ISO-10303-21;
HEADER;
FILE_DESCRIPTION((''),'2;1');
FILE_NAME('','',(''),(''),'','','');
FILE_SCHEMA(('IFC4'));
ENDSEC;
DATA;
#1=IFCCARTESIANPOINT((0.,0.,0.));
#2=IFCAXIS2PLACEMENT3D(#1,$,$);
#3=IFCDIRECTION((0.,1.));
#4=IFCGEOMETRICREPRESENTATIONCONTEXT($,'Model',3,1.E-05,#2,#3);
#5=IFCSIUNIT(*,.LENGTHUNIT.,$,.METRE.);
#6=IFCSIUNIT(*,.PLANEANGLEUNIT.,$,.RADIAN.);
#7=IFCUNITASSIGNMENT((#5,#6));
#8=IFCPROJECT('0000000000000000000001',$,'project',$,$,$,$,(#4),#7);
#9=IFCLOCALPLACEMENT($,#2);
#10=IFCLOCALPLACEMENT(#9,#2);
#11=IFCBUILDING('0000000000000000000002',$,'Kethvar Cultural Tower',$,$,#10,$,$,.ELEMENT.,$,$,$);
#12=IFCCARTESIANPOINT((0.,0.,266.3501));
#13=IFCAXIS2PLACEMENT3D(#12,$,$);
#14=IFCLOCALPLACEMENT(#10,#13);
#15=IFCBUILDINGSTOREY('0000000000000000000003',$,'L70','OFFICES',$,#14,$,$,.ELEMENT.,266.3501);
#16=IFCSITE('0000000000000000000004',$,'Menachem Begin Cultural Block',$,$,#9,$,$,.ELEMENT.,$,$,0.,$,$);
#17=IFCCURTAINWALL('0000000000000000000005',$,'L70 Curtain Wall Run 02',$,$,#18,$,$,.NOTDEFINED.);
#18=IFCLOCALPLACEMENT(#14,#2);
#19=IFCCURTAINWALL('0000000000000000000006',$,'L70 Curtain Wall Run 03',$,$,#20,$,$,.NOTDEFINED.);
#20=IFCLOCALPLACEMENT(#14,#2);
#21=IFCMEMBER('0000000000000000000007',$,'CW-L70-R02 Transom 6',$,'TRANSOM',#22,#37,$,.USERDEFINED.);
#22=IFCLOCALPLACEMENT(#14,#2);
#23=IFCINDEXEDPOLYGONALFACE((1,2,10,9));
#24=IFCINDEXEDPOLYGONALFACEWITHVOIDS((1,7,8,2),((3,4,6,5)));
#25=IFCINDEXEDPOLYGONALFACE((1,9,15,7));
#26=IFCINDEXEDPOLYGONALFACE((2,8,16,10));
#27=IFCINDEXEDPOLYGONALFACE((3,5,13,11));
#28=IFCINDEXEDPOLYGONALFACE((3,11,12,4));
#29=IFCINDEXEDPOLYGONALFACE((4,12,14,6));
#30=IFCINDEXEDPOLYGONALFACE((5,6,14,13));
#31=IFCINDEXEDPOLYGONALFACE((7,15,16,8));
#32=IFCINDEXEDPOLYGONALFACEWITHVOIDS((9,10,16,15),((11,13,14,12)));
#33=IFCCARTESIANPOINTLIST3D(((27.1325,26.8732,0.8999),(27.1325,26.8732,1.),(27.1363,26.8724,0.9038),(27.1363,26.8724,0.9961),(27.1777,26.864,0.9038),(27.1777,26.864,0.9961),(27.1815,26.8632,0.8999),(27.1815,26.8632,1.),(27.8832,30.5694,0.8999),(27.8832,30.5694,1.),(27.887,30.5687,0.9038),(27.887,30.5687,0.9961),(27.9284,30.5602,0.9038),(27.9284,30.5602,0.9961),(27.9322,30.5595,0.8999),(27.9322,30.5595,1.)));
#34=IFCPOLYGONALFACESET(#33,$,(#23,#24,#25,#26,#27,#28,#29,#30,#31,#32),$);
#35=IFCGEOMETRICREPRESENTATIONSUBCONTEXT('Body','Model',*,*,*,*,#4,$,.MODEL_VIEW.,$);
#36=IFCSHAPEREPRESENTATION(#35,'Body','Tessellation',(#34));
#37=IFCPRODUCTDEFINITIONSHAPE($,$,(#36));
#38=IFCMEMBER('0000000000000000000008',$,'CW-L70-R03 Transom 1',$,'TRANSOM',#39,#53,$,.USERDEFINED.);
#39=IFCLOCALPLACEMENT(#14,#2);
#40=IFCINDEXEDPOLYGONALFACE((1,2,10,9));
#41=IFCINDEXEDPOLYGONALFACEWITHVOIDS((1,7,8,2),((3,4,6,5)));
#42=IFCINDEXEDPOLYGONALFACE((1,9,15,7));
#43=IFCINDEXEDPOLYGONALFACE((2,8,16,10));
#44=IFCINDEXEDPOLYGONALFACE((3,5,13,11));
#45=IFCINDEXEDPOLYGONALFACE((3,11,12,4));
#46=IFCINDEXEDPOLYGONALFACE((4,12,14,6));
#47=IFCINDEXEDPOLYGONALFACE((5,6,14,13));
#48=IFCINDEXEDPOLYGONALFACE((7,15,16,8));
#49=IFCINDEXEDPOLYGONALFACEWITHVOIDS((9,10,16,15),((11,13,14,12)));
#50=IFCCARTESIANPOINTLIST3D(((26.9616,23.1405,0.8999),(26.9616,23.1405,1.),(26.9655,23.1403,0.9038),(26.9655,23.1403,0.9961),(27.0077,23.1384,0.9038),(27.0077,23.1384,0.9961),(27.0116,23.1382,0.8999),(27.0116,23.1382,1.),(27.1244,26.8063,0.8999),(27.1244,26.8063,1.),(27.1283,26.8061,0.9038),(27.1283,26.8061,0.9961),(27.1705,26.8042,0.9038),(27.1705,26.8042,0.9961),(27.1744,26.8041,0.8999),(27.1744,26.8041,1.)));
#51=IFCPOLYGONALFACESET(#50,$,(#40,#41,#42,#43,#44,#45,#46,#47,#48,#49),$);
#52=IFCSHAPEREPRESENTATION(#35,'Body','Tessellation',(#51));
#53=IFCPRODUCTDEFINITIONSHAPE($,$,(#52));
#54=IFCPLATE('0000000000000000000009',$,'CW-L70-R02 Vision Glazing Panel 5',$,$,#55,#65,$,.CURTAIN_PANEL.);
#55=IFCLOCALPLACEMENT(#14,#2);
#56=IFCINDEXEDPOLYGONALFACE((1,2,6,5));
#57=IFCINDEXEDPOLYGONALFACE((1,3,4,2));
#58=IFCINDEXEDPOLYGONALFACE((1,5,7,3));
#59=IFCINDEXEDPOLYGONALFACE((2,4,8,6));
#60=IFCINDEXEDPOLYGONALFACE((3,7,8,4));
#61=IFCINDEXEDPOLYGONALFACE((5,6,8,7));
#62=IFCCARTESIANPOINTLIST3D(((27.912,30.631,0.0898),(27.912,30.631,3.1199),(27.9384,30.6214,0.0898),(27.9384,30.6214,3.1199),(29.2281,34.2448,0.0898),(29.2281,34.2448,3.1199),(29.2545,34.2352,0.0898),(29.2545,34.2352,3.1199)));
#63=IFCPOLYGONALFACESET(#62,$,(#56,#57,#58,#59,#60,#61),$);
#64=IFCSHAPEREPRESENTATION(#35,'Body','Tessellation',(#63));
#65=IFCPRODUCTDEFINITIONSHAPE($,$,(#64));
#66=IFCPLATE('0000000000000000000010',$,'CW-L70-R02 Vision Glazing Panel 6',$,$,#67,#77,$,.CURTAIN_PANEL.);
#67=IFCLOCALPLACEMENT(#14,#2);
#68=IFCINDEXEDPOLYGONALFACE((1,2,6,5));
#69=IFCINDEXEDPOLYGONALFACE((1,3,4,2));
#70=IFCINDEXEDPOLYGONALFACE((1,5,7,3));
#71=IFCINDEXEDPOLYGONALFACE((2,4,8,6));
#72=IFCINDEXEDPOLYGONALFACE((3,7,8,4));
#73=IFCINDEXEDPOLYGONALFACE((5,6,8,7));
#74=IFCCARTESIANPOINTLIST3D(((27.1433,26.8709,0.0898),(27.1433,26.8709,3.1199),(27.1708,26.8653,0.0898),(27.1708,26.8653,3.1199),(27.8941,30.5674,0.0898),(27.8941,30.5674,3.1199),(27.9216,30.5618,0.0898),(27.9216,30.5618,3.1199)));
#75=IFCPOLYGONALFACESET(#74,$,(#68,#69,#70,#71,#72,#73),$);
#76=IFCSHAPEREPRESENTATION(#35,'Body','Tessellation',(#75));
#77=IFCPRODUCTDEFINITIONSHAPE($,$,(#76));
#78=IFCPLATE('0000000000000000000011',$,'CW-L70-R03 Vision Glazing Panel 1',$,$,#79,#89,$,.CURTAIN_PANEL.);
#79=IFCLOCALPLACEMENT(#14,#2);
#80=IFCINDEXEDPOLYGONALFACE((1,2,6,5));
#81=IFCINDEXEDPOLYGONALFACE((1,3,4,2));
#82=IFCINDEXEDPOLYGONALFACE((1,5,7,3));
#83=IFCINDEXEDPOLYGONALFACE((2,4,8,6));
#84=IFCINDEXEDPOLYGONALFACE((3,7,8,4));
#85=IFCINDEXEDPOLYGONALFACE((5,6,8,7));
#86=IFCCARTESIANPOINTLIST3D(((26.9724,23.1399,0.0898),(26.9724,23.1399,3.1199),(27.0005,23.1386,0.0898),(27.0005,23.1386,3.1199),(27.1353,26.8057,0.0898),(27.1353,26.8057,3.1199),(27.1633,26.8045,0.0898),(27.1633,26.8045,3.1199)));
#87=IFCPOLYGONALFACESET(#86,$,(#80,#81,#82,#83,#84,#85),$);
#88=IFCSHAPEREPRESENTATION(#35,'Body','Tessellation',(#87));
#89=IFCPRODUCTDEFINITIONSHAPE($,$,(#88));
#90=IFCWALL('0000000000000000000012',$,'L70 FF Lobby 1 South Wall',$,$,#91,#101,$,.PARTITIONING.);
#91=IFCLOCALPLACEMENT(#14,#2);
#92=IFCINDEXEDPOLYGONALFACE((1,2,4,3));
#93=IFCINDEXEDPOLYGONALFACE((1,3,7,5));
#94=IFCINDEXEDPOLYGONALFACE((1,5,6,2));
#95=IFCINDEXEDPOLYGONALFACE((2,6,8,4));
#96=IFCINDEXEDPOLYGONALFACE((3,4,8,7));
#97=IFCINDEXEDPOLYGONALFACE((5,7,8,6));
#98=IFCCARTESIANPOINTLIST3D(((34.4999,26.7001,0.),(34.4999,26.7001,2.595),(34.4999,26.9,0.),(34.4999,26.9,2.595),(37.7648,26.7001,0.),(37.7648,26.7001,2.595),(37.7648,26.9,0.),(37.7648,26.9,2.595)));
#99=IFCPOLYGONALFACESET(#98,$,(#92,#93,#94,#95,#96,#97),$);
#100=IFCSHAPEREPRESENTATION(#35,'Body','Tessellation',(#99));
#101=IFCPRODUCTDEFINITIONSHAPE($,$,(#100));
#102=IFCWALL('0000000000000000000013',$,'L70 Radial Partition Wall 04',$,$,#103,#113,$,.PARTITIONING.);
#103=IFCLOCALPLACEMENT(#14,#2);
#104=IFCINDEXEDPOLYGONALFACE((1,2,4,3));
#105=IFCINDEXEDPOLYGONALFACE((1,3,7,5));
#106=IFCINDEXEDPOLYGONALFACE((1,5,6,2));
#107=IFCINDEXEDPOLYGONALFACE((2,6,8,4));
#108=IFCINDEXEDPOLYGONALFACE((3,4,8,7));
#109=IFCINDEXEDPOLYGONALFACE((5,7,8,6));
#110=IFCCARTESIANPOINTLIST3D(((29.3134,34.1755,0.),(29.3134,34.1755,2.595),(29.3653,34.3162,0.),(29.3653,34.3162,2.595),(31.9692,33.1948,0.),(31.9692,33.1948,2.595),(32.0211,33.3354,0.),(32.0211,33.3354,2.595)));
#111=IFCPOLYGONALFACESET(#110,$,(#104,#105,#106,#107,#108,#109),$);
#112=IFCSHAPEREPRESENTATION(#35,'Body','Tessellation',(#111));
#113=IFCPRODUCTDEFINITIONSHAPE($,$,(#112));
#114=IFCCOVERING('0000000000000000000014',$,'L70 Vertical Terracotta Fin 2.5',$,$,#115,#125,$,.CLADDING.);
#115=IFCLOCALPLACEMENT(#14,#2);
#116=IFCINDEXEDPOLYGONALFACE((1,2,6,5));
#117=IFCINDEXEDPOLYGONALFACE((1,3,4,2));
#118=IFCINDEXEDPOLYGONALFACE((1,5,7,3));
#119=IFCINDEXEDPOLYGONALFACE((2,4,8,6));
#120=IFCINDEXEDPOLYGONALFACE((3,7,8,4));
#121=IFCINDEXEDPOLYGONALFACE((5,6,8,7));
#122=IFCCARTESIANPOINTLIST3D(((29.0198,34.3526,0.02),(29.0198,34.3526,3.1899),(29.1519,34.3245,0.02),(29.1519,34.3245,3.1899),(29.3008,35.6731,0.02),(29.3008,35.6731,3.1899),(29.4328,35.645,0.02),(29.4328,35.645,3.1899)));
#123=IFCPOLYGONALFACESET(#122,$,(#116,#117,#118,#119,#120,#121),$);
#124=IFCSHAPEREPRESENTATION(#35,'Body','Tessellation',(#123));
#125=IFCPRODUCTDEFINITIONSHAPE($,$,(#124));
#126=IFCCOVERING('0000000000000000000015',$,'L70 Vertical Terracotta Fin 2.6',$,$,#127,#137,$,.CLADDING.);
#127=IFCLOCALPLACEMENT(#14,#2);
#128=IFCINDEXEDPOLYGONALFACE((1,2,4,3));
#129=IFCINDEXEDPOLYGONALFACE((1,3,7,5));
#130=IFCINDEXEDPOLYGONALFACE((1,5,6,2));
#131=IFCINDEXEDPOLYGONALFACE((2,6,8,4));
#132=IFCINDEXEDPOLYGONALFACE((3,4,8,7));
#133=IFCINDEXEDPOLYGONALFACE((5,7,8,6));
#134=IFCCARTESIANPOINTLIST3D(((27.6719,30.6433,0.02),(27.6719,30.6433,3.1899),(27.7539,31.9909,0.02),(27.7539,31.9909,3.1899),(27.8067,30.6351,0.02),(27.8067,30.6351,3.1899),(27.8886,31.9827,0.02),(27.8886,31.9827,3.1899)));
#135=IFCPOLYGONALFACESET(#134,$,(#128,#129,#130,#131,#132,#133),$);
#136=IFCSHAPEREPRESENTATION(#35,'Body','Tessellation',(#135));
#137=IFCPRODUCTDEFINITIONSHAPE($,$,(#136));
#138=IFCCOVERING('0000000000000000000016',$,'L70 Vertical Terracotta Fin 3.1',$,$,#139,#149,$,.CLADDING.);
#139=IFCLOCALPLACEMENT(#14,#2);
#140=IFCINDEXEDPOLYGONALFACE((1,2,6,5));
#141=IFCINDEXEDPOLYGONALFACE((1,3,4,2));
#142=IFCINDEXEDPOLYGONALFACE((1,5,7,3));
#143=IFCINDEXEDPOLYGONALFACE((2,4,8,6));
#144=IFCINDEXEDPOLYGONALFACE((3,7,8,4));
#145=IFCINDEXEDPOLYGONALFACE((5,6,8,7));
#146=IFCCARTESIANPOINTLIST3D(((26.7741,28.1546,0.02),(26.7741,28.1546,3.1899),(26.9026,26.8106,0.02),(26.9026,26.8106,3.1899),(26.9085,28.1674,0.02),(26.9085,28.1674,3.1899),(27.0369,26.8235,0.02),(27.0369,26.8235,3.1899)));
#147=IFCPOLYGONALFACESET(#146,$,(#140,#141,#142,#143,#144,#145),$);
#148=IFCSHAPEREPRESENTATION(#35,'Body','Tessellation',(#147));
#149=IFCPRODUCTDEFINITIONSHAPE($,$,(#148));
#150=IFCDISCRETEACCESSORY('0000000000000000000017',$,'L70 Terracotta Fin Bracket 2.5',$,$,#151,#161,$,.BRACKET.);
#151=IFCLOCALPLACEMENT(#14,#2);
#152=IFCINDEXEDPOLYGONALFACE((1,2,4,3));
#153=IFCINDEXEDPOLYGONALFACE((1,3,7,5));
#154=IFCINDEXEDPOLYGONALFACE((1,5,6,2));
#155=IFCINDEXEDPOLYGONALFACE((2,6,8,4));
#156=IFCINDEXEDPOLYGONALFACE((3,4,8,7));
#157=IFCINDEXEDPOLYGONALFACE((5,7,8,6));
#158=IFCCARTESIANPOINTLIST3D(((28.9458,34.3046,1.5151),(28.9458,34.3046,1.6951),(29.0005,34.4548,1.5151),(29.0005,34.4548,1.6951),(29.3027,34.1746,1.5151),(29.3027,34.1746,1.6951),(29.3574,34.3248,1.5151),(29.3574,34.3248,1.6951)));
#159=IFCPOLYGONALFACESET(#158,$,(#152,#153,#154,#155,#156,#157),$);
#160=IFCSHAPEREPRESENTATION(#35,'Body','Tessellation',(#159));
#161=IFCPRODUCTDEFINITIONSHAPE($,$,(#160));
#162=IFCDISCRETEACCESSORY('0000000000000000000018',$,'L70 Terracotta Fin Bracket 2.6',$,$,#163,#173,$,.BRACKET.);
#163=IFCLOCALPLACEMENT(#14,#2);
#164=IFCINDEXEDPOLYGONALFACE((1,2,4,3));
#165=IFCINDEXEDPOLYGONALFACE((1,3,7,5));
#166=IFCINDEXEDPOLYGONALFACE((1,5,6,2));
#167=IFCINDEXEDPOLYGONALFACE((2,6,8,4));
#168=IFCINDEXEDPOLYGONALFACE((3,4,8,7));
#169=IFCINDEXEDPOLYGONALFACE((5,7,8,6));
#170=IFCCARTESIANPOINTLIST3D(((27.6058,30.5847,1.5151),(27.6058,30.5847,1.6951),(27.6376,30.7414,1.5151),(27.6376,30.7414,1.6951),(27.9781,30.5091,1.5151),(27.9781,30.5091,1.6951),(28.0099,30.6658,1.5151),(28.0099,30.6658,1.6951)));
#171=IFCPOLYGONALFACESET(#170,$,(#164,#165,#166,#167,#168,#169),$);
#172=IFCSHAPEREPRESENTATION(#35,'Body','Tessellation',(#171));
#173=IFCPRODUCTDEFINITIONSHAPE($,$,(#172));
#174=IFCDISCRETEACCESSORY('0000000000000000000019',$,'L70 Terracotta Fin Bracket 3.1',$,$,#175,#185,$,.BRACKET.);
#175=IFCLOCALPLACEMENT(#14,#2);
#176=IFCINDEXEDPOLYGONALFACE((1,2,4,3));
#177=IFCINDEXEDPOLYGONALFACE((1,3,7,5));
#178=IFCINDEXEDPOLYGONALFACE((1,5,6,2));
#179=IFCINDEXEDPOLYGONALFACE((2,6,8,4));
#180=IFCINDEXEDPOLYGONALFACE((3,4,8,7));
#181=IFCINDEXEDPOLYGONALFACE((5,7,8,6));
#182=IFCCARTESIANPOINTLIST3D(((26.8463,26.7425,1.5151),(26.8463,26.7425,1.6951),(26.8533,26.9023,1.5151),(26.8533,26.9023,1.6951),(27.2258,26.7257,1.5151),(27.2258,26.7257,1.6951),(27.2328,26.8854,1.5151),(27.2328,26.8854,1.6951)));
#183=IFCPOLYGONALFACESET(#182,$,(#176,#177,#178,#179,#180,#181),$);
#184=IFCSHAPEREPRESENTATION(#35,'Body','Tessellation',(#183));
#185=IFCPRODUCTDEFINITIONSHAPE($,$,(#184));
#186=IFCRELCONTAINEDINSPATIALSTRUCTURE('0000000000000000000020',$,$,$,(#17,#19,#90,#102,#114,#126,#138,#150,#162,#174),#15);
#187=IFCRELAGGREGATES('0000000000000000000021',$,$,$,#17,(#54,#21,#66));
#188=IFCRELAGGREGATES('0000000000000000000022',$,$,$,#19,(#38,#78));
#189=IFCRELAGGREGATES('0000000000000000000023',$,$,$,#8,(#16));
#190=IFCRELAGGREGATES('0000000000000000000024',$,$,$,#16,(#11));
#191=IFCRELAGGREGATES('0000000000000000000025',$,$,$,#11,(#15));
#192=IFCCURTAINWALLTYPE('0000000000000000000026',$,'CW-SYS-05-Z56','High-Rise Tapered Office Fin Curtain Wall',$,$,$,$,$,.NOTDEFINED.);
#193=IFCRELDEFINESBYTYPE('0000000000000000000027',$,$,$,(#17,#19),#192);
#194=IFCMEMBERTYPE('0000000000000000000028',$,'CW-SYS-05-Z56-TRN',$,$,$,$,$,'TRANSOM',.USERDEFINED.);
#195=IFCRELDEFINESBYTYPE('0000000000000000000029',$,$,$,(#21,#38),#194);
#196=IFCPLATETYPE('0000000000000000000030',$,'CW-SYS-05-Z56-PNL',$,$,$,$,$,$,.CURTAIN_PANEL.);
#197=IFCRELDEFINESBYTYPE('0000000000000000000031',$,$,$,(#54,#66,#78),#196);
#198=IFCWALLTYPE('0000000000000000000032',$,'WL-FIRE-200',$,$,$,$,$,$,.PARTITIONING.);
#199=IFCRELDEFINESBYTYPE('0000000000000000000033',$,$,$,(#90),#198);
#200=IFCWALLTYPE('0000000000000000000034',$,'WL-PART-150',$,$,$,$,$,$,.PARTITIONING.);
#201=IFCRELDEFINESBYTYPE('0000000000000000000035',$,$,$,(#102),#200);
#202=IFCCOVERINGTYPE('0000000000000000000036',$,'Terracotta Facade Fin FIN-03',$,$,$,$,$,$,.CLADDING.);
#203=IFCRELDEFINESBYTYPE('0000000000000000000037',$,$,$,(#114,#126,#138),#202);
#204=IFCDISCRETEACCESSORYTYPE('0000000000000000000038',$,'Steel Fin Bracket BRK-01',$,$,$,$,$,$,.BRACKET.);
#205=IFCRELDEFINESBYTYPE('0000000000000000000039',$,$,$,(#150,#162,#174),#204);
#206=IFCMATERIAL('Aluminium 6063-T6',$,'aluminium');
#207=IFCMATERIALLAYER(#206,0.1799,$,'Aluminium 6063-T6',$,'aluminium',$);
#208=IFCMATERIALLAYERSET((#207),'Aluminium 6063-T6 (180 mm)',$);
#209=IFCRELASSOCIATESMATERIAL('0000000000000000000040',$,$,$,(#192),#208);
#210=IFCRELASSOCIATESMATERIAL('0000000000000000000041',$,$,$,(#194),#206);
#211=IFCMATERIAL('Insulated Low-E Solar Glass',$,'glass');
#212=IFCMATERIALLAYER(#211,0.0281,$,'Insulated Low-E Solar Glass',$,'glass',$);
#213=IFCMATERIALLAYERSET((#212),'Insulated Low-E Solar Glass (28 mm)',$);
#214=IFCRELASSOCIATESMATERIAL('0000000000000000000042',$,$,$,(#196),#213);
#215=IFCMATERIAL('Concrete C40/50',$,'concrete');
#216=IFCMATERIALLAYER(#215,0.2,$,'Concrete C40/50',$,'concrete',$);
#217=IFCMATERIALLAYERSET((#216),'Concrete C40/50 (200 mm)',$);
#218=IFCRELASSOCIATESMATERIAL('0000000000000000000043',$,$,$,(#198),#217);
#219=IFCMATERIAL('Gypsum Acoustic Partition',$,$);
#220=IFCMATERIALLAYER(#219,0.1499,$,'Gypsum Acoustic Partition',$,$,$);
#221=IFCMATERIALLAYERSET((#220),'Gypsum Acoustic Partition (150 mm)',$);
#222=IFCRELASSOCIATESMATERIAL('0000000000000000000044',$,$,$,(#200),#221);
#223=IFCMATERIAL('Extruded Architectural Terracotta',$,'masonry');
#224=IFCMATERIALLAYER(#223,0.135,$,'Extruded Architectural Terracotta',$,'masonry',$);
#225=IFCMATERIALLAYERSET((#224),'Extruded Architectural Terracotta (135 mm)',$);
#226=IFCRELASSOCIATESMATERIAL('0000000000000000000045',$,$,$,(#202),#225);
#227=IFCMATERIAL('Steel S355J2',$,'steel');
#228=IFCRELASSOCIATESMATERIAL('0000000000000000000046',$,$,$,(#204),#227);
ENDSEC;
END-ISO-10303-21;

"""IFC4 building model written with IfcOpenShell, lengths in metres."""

from ifc_helpers import new_model, si_unit, direction, frame, frame_2d, origin, origin_2d, place, context, subcontext, project, spatial, rectangle, hollow_rectangle, extrude, source, transform, mapped, material, layer, layer_set, material_profile, profile_set, type_object, element, aggregate, save


model = new_model("IFC4")

# Units and contexts
model_context = context("Model", 3, precision=1e-05, world=origin(), true_north=direction((0.0, 1.0)))
body_context = subcontext(model_context, "Body", "Model", "MODEL_VIEW")
ifc_project = project(units=[si_unit("LENGTHUNIT", "METRE"), si_unit("PLANEANGLEUNIT", "RADIAN")], contexts=[model_context])

# Site, building, storey
site_placement = place(None, origin())
site = spatial("IfcSite", under=ifc_project, at=site_placement, Name="Menachem Begin Cultural Block", CompositionType="ELEMENT", RefElevation=0.0)
building_placement = place(site_placement, origin())
building = spatial("IfcBuilding", under=site, at=building_placement, Name="Kethvar Cultural Tower", CompositionType="ELEMENT")
storey_placement = place(building_placement, frame((0.0, 0.0, 266.3501)))
storey = spatial("IfcBuildingStorey", under=building, at=storey_placement, Name="L70", Description="OFFICES", CompositionType="ELEMENT", Elevation=266.3501)

# Shared definitions
ifc_material_1 = material(Name="Steel S355J2", Category="steel")

# Curtain wall
ifc_material_2 = material(Name="Aluminium 6063-T6", Category="aluminium")
ifc_layer_1 = layer(ifc_material_2, 0.1799, Name="Aluminium 6063-T6", Category="aluminium")
ifc_layer_set_1 = layer_set([ifc_layer_1], Name="Aluminium 6063-T6 (180 mm)")
curtain_wall_type = type_object("IfcCurtainWallType", Name="CW-SYS-05-Z56", Description="High-Rise Tapered Office Fin Curtain Wall", PredefinedType="NOTDEFINED", material=ifc_layer_set_1)
curtain_wall_1_placement = place(storey_placement, origin())
curtain_wall_1 = element("IfcCurtainWall", 1, at=curtain_wall_1_placement, inside=storey, type_object=curtain_wall_type, Name="L70 Curtain Wall Run 02", PredefinedType="NOTDEFINED")

# Curtain wall
curtain_wall_2_placement = place(storey_placement, origin())
curtain_wall_2 = element("IfcCurtainWall", 2, at=curtain_wall_2_placement, inside=storey, type_object=curtain_wall_type, Name="L70 Curtain Wall Run 03", PredefinedType="NOTDEFINED")

# Members
ifc_material_profile_1 = material_profile(ifc_material_2, hollow_rectangle(XDim=0.05, YDim=0.1001, WallThickness=0.0039, at=origin_2d()), Name="Aluminium 6063-T6 — RHS100x50x4")
ifc_profile_set_1 = profile_set([ifc_material_profile_1], Name="Aluminium 6063-T6 — RHS100x50x4")
member_type_1 = type_object("IfcMemberType", Name="CW-SYS-05-Z56-TRN", ElementType="TRANSOM", PredefinedType="USERDEFINED", material=ifc_profile_set_1)
shared_shape_1 = source(origin(), body_context, "Body", "SweptSolid", [
    extrude(hollow_rectangle(XDim=0.05, YDim=0.1001, WallThickness=0.0039, at=origin_2d()), origin(), (0.0, 0.0, 1.0), 3.7717),
])
member_1_placement = place(storey_placement, frame((27.9077, 30.5645, 0.95), z_axis=(-0.19904, -0.979991, 0.0), x_axis=(0.979991, -0.19904, 0.0)))
member_1 = element("IfcMember", 3, at=member_1_placement, type_object=member_type_1, Name="CW-L70-R02 Transom 6", ObjectType="TRANSOM", PredefinedType="USERDEFINED", context=body_context, shape_type="MappedRepresentation", body=[
    mapped(shared_shape_1, transform((0.0, 0.0, 0.0), scale=1.0)),
])
shared_shape_2 = source(origin(), body_context, "Body", "SweptSolid", [
    extrude(hollow_rectangle(XDim=0.05, YDim=0.1001, WallThickness=0.0039, at=origin_2d()), origin(), (0.0, 0.0, 1.0), 3.6694),
])
member_2_placement = place(storey_placement, frame((27.1494, 26.8052, 0.95), z_axis=(-0.044378, -0.999015, 0.0), x_axis=(0.999015, -0.044378, 0.0)))
member_2 = element("IfcMember", 4, at=member_2_placement, type_object=member_type_1, Name="CW-L70-R03 Transom 1", ObjectType="TRANSOM", PredefinedType="USERDEFINED", context=body_context, shape_type="MappedRepresentation", body=[
    mapped(shared_shape_2, transform((0.0, 0.0, 0.0), scale=1.0)),
])

# Plates
ifc_material_3 = material(Name="Insulated Low-E Solar Glass", Category="glass")
ifc_layer_2 = layer(ifc_material_3, 0.0281, Name="Insulated Low-E Solar Glass", Category="glass")
ifc_layer_set_2 = layer_set([ifc_layer_2], Name="Insulated Low-E Solar Glass (28 mm)")
plate_type = type_object("IfcPlateType", Name="CW-SYS-05-Z56-PNL", PredefinedType="CURTAIN_PANEL", material=ifc_layer_set_2)
shared_shape_3 = source(origin(), body_context, "Body", "SweptSolid", [
    extrude(rectangle(XDim=3.8459, YDim=0.0281, at=origin_2d()), origin(), (0.0, 0.0, 1.0), 3.03),
])
plate_1_placement = place(storey_placement, frame((28.5833, 32.4331, 0.0898), z_axis=(0.0, 0.0, 1.0), x_axis=(-0.342217, -0.939621, 0.0)))
plate_1 = element("IfcPlate", 5, at=plate_1_placement, type_object=plate_type, Name="CW-L70-R02 Vision Glazing Panel 5", PredefinedType="CURTAIN_PANEL", context=body_context, shape_type="MappedRepresentation", body=[
    mapped(shared_shape_3, transform((0.0, 0.0, 0.0), scale=1.0)),
])
shared_shape_4 = source(origin(), body_context, "Body", "SweptSolid", [
    extrude(rectangle(XDim=3.772, YDim=0.0281, at=origin_2d()), origin(), (0.0, 0.0, 1.0), 3.03),
])
plate_2_placement = place(storey_placement, frame((27.5325, 28.7163, 0.0898), z_axis=(0.0, 0.0, 1.0), x_axis=(-0.199043, -0.979991, 0.0)))
plate_2 = element("IfcPlate", 6, at=plate_2_placement, type_object=plate_type, Name="CW-L70-R02 Vision Glazing Panel 6", PredefinedType="CURTAIN_PANEL", context=body_context, shape_type="MappedRepresentation", body=[
    mapped(shared_shape_4, transform((0.0, 0.0, 0.0), scale=1.0)),
])
aggregate(curtain_wall_1, [plate_1, member_1, plate_2])
shared_shape_5 = source(origin(), body_context, "Body", "SweptSolid", [
    extrude(rectangle(XDim=3.6694, YDim=0.0281, at=origin_2d()), origin(), (0.0, 0.0, 1.0), 3.03),
])
plate_3_placement = place(storey_placement, frame((27.0679, 24.9722, 0.0898), z_axis=(0.0, 0.0, 1.0), x_axis=(-0.044369, -0.999015, 0.0)))
plate_3 = element("IfcPlate", 7, at=plate_3_placement, type_object=plate_type, Name="CW-L70-R03 Vision Glazing Panel 1", PredefinedType="CURTAIN_PANEL", context=body_context, shape_type="MappedRepresentation", body=[
    mapped(shared_shape_5, transform((0.0, 0.0, 0.0), scale=1.0)),
])
aggregate(curtain_wall_2, [member_2, plate_3])

# Walls
ifc_material_4 = material(Name="Concrete C40/50", Category="concrete")
ifc_layer_3 = layer(ifc_material_4, 0.2, Name="Concrete C40/50", Category="concrete")
ifc_layer_set_3 = layer_set([ifc_layer_3], Name="Concrete C40/50 (200 mm)")
wall_type_1 = type_object("IfcWallType", Name="WL-FIRE-200", PredefinedType="PARTITIONING", material=ifc_layer_set_3)
wall_1_placement = place(storey_placement, frame((34.5, 26.8, 0.0), z_axis=(0.0, 0.0, 1.0), x_axis=(1.0, 0.0, 0.0)))
element("IfcWall", 8, at=wall_1_placement, inside=storey, type_object=wall_type_1, Name="L70 FF Lobby 1 South Wall", PredefinedType="PARTITIONING", context=body_context, shape_type="SweptSolid", body=[
    extrude(rectangle(XDim=3.2649, YDim=0.2, at=frame_2d((1.6323, 0.0))), origin(), (0.0, 0.0, 1.0), 2.595),
])
ifc_material_5 = material(Name="Gypsum Acoustic Partition")
ifc_layer_4 = layer(ifc_material_5, 0.1499, Name="Gypsum Acoustic Partition")
ifc_layer_set_4 = layer_set([ifc_layer_4], Name="Gypsum Acoustic Partition (150 mm)")
wall_type_2 = type_object("IfcWallType", Name="WL-PART-150", PredefinedType="PARTITIONING", material=ifc_layer_set_4)
wall_2_placement = place(storey_placement, frame((31.9951, 33.2651, 0.0), z_axis=(0.0, 0.0, 1.0), x_axis=(-0.938082, 0.346413, 0.0)))
element("IfcWall", 9, at=wall_2_placement, inside=storey, type_object=wall_type_2, Name="L70 Radial Partition Wall 04", PredefinedType="PARTITIONING", context=body_context, shape_type="SweptSolid", body=[
    extrude(rectangle(XDim=2.8311, YDim=0.1499, at=frame_2d((1.4155, 0.0))), origin(), (0.0, 0.0, 1.0), 2.595),
])

# Coverings
ifc_material_6 = material(Name="Extruded Architectural Terracotta", Category="masonry")
ifc_layer_5 = layer(ifc_material_6, 0.135, Name="Extruded Architectural Terracotta", Category="masonry")
ifc_layer_set_5 = layer_set([ifc_layer_5], Name="Extruded Architectural Terracotta (135 mm)")
covering_type = type_object("IfcCoveringType", Name="Terracotta Facade Fin FIN-03", PredefinedType="CLADDING", material=ifc_layer_set_5)
shared_shape_6 = source(origin(), body_context, "Body", "SweptSolid", [
    extrude(rectangle(XDim=1.3501, YDim=0.135, at=origin_2d()), origin(), (0.0, 0.0, 1.0), 3.1699),
])
for number, where, z_axis, x_axis, name in (
    (10, (29.2263, 34.9988, 0.02), (0.0, 0.0, 1.0), (0.208082, 0.978111, 0.0), "L70 Vertical Terracotta Fin 2.5"),
    (11, (27.7803, 31.313, 0.02), (0.0, 0.0, 1.0), (0.0607, 0.998156, 0.0), "L70 Vertical Terracotta Fin 2.6"),
    (12, (26.9055, 27.489, 0.02), (0.0, 0.0, 1.0), (-0.095151, 0.995463, 0.0), "L70 Vertical Terracotta Fin 3.1"),
):
    element("IfcCovering", number, at=place(storey_placement, frame(where, z_axis=z_axis, x_axis=x_axis)), inside=storey, type_object=covering_type, Name=name, PredefinedType="CLADDING", context=body_context, shape_type="MappedRepresentation", body=[
        mapped(shared_shape_6, transform((0.0, 0.0, 0.0), scale=1.0)),
    ])

# Discrete accessories
discrete_accessory_type = type_object("IfcDiscreteAccessoryType", Name="Steel Fin Bracket BRK-01", PredefinedType="BRACKET", material=ifc_material_1)
shared_shape_7 = source(origin(), body_context, "Body", "SweptSolid", [
    extrude(rectangle(XDim=0.3799, YDim=0.1599, at=origin_2d()), origin(), (0.0, 0.0, 1.0), 0.1799),
])
for number, where, z_axis, x_axis, name in (
    (13, (29.1516, 34.3147, 1.5151), (0.0, 0.0, 1.0), (-0.939633, 0.342184, 0.0), "L70 Terracotta Fin Bracket 2.5"),
    (14, (27.8079, 30.6252, 1.5151), (0.0, 0.0, 1.0), (-0.979994, 0.199026, 0.0), "L70 Terracotta Fin Bracket 2.6"),
    (15, (27.0396, 26.814, 1.5151), (0.0, 0.0, 1.0), (-0.999018, 0.044317, 0.0), "L70 Terracotta Fin Bracket 3.1"),
):
    element("IfcDiscreteAccessory", number, at=place(storey_placement, frame(where, z_axis=z_axis, x_axis=x_axis)), inside=storey, type_object=discrete_accessory_type, Name=name, PredefinedType="BRACKET", context=body_context, shape_type="MappedRepresentation", body=[
        mapped(shared_shape_7, transform((0.0, 0.0, 0.0), scale=1.0)),
    ])

save(model, "model.ifc")
